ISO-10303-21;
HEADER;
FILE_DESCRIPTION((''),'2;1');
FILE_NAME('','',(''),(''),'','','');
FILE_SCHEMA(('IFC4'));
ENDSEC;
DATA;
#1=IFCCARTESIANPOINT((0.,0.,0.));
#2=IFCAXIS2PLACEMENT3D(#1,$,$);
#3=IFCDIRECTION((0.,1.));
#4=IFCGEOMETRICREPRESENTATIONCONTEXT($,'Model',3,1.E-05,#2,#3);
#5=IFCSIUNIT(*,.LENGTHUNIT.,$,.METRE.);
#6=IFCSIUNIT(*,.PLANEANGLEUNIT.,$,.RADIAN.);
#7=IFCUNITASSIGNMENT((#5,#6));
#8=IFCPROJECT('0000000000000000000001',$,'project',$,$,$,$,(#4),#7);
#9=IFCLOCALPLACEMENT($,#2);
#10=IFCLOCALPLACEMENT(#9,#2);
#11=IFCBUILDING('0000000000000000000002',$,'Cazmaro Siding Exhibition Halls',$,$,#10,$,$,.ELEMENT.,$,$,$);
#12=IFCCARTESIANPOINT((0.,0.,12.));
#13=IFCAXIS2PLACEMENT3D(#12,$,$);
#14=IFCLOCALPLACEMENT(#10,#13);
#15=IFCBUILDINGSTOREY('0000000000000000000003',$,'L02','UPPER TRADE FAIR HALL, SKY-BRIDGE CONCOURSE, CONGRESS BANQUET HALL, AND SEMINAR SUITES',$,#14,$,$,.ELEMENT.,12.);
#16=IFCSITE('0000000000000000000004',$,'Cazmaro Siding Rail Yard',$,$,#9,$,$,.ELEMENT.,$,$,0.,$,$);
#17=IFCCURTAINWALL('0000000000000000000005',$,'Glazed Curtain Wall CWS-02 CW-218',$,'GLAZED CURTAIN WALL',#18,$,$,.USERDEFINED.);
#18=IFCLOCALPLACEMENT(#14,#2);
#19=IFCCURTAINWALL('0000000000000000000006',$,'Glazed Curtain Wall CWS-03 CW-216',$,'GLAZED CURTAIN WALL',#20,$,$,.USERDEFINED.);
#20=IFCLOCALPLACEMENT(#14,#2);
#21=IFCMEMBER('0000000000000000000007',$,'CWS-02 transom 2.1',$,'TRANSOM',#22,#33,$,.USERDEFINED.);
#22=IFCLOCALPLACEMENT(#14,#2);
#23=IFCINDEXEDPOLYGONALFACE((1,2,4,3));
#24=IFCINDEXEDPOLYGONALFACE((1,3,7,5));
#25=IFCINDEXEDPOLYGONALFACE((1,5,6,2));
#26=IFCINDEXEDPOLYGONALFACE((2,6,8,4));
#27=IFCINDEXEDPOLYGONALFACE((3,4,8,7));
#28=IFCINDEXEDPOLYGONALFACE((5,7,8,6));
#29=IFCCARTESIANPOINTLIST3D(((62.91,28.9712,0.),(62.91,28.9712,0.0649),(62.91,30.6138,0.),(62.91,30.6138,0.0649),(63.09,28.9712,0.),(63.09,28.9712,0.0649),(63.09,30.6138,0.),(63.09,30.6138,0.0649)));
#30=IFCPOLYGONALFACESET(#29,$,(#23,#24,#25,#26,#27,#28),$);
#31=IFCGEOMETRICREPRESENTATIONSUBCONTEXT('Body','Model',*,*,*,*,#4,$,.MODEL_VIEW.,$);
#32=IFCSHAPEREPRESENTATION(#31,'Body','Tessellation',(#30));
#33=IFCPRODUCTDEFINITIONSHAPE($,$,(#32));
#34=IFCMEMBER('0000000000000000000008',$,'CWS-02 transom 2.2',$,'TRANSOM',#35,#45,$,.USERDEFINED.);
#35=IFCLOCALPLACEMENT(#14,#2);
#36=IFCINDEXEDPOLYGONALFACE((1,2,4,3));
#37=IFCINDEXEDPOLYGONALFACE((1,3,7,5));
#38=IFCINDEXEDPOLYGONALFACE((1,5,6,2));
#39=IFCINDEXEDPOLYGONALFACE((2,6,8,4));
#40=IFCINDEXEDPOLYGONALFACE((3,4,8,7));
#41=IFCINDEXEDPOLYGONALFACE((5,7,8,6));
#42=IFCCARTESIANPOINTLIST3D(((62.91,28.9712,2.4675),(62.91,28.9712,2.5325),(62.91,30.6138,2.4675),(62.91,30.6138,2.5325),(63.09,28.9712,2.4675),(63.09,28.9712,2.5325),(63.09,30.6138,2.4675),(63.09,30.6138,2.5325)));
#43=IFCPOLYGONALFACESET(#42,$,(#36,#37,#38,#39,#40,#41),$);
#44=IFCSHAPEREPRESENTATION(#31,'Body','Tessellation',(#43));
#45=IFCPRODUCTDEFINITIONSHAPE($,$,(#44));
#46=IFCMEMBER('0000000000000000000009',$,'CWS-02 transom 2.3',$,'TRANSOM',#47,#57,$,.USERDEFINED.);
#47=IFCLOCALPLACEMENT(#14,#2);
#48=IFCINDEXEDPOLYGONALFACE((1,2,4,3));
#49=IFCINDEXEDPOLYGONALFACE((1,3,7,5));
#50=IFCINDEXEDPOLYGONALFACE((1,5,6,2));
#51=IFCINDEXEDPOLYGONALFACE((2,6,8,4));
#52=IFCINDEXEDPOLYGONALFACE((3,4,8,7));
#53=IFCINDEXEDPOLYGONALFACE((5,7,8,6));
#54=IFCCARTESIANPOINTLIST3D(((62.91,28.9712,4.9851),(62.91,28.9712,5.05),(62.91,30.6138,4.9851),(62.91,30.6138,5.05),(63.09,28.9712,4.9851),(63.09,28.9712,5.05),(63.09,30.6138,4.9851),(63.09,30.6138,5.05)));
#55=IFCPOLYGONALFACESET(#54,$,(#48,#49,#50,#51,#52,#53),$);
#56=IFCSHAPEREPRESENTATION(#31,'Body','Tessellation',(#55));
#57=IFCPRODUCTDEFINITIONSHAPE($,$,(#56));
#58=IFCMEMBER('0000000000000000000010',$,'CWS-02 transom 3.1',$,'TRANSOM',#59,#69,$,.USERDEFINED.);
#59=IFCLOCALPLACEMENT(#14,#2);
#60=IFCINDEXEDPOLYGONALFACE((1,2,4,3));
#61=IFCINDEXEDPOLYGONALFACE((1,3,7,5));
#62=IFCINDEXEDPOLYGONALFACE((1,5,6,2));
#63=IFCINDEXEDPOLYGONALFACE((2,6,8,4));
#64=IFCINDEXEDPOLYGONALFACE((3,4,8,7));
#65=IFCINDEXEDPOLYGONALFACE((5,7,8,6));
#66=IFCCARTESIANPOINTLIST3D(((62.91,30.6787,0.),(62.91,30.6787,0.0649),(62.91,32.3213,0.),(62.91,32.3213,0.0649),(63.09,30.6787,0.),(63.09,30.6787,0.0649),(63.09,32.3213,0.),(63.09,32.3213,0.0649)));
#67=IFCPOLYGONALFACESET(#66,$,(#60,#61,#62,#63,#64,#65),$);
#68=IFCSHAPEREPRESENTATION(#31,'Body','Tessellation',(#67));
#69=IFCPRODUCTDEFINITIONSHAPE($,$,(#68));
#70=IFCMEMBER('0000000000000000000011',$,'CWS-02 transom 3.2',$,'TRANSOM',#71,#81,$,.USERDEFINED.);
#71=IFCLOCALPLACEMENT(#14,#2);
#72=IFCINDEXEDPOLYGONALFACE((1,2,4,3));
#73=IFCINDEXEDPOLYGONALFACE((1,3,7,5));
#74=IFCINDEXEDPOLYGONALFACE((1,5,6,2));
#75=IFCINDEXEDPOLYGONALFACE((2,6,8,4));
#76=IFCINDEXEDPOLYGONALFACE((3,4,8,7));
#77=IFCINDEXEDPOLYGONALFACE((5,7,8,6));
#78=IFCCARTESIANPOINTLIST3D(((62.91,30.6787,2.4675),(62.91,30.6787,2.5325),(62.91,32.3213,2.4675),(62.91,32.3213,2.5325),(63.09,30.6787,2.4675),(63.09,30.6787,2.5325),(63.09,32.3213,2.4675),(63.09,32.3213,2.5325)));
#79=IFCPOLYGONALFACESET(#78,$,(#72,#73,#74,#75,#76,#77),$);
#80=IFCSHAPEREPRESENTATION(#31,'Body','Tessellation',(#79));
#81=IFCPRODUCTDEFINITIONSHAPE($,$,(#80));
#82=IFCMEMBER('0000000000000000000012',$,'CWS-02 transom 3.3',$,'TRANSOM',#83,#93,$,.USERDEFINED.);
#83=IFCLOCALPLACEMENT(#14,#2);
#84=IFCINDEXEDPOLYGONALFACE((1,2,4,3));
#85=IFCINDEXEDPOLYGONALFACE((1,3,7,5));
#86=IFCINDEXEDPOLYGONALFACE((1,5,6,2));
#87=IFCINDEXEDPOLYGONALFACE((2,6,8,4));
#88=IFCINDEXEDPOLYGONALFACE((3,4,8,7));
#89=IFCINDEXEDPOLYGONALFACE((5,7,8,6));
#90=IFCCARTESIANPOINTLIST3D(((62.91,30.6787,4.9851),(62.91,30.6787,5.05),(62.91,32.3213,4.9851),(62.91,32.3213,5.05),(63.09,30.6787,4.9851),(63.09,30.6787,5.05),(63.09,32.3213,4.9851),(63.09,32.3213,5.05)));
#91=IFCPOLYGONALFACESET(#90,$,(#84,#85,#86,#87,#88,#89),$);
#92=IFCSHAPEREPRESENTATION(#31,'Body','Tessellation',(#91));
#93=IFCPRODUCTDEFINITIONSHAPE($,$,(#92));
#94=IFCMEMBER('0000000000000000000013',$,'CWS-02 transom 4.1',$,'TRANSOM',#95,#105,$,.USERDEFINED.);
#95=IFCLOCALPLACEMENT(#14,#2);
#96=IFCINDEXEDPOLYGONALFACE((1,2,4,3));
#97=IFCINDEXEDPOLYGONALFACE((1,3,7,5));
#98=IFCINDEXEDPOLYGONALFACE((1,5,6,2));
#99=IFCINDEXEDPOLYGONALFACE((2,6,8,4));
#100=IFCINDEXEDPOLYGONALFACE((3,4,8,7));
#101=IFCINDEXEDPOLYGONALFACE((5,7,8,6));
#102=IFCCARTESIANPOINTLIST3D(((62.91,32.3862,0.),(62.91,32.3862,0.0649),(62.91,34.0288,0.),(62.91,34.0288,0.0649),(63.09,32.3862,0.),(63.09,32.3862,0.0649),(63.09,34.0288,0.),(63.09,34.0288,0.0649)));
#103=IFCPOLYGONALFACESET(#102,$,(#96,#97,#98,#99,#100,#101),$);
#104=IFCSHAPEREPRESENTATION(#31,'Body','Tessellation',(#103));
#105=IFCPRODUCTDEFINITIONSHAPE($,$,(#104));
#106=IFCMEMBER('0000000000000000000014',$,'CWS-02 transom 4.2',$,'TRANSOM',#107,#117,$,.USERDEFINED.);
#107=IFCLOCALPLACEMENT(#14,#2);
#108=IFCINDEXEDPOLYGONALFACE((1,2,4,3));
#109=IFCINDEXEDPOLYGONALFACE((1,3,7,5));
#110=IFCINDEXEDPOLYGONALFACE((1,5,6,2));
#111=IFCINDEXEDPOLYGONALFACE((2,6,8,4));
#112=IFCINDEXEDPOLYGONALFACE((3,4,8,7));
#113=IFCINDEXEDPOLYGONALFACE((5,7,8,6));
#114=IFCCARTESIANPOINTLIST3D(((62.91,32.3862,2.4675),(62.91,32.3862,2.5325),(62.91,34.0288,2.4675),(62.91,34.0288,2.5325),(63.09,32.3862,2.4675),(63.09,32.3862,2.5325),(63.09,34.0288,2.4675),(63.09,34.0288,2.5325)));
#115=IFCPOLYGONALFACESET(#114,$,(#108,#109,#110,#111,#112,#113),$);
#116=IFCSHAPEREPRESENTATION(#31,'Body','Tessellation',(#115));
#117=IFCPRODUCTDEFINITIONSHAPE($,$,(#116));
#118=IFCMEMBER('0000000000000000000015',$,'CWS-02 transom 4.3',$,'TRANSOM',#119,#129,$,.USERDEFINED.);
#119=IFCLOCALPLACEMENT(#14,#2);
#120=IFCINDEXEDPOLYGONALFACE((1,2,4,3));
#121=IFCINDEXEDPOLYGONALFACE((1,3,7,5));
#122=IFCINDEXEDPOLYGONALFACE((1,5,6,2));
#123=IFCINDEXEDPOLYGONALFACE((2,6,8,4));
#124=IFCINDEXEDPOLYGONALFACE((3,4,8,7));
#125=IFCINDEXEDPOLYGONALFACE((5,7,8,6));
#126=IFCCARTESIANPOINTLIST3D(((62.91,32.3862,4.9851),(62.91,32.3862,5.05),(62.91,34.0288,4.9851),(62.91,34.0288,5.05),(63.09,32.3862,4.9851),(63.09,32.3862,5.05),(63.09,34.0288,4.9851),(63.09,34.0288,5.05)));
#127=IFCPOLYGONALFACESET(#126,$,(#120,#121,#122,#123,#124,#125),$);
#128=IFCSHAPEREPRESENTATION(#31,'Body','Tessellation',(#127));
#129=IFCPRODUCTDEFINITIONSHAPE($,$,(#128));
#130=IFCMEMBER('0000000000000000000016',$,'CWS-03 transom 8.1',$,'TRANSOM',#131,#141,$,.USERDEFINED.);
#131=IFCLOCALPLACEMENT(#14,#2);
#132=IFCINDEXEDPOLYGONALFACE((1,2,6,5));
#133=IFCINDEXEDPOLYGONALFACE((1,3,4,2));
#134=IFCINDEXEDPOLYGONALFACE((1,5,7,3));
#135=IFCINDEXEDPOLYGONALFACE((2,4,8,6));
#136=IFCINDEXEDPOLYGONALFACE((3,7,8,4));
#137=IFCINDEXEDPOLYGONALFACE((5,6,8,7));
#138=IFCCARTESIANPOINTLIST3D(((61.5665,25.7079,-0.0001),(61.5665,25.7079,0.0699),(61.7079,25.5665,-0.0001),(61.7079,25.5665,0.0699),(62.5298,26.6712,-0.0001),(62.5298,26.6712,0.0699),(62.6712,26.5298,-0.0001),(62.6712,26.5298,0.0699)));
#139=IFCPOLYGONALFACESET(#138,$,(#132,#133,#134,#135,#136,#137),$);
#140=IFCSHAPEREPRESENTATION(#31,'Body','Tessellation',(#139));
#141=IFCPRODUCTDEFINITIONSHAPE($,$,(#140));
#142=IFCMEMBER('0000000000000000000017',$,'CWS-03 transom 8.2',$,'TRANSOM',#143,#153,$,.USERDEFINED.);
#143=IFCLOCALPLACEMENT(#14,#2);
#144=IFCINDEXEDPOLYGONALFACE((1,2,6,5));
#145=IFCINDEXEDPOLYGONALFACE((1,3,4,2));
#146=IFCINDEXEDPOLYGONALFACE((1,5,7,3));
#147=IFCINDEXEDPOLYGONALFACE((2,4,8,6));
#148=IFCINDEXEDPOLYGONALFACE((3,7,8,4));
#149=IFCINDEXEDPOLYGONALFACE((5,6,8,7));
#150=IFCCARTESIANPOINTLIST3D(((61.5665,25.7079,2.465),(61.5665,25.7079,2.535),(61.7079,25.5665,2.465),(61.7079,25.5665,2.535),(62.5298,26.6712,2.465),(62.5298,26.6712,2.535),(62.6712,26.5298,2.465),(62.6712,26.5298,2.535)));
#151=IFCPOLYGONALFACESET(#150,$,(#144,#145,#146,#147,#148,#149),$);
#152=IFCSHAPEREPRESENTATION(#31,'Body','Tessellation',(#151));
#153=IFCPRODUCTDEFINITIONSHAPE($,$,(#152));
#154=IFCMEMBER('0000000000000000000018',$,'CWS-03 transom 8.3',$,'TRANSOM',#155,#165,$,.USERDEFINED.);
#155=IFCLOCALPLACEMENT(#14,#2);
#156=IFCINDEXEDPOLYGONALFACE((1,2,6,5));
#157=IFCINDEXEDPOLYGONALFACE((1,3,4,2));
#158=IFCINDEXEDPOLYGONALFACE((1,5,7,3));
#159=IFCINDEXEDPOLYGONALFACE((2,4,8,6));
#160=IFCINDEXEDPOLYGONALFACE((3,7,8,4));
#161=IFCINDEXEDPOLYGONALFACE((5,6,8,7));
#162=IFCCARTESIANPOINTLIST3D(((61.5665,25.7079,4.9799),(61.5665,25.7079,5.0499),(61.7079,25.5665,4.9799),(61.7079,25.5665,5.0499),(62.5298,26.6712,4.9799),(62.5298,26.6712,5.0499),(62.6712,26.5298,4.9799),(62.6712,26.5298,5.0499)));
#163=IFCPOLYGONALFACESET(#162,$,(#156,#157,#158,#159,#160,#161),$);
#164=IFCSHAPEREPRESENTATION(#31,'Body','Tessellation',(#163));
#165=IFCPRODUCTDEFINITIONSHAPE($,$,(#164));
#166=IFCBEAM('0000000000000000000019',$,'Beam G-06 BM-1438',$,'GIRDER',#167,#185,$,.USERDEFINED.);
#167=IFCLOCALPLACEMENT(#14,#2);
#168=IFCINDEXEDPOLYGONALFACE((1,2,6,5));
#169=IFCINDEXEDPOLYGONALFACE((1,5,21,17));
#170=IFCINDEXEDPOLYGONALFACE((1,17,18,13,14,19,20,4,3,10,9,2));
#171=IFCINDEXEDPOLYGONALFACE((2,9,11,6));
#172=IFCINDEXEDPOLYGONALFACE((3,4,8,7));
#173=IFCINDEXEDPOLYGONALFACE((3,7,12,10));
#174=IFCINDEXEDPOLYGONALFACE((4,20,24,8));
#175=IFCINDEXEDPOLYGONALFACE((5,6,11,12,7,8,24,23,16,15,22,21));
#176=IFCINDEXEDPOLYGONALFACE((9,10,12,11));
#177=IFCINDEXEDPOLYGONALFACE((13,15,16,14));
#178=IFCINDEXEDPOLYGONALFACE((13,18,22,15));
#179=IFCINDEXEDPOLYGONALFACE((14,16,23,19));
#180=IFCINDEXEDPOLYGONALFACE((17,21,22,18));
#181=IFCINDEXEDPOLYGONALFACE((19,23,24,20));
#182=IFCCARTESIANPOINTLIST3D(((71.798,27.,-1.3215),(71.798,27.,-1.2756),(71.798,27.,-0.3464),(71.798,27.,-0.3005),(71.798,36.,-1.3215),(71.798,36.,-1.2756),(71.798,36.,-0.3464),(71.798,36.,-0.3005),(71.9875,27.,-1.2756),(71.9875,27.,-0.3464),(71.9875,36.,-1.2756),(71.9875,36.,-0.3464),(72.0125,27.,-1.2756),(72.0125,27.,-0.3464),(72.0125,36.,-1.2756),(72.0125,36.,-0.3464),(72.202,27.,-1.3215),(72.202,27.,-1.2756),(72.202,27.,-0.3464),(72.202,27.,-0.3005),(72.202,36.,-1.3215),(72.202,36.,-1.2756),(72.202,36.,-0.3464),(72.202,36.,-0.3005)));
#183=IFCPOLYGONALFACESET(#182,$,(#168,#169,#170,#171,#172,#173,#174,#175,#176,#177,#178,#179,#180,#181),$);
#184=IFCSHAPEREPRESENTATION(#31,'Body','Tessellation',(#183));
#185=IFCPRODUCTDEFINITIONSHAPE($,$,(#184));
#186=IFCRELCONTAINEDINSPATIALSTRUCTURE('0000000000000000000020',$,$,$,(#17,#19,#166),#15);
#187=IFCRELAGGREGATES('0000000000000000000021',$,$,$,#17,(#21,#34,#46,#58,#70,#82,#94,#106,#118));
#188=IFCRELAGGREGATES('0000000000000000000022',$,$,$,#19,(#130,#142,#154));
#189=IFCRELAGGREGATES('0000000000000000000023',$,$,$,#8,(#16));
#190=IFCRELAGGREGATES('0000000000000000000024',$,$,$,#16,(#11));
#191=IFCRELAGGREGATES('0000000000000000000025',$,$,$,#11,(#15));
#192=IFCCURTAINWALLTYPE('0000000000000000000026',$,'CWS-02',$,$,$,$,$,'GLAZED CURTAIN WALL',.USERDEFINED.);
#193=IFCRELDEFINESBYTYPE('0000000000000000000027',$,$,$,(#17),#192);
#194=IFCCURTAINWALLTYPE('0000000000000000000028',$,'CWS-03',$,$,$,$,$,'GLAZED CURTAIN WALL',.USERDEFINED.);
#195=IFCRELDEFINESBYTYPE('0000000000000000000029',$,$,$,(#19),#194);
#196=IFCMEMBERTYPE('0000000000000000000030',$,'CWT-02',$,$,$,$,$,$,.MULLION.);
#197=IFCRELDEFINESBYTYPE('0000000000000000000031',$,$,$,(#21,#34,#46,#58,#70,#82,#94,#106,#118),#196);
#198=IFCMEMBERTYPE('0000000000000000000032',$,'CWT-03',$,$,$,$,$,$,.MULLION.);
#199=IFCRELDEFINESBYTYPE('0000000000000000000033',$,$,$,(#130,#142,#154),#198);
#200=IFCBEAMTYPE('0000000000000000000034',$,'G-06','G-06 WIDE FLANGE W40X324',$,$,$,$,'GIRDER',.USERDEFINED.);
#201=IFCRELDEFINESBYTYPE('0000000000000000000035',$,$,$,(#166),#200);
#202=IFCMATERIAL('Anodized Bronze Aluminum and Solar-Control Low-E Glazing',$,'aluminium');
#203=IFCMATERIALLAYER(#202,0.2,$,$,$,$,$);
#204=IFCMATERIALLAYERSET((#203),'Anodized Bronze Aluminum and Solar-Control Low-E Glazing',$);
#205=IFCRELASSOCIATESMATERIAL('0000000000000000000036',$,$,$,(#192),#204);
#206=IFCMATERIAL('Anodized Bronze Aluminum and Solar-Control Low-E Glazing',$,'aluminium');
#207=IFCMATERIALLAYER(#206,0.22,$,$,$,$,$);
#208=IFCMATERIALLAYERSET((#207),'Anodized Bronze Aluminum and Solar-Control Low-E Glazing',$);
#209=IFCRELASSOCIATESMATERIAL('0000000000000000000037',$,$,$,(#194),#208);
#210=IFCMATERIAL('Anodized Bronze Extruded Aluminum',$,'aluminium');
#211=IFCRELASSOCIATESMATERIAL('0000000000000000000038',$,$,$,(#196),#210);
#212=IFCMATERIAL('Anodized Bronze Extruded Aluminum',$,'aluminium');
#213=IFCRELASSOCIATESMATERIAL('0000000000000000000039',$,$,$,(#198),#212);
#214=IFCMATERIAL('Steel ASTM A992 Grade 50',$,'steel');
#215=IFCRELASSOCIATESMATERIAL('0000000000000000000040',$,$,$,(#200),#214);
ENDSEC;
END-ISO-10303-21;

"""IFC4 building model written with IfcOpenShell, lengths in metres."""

from ifc_helpers import new_model, si_unit, direction, frame, origin, origin_2d, place, context, subcontext, project, spatial, rectangle, i_section, extrude, material, layer, layer_set, material_profile, profile_set, type_object, element, aggregate, save


model = new_model("IFC4")

# Units and contexts
model_context = context("Model", 3, precision=1e-05, world=origin(), true_north=direction((0.0, 1.0)))
body_context = subcontext(model_context, "Body", "Model", "MODEL_VIEW")
ifc_project = project(units=[si_unit("LENGTHUNIT", "METRE"), si_unit("PLANEANGLEUNIT", "RADIAN")], contexts=[model_context])

# Site, building, storey
site_placement = place(None, origin())
site = spatial("IfcSite", under=ifc_project, at=site_placement, Name="Cazmaro Siding Rail Yard", CompositionType="ELEMENT", RefElevation=0.0)
building_placement = place(site_placement, origin())
building = spatial("IfcBuilding", under=site, at=building_placement, Name="Cazmaro Siding Exhibition Halls", CompositionType="ELEMENT")
storey_placement = place(building_placement, frame((0.0, 0.0, 12.0)))
storey = spatial("IfcBuildingStorey", under=building, at=storey_placement, Name="L02", Description="UPPER TRADE FAIR HALL, SKY-BRIDGE CONCOURSE, CONGRESS BANQUET HALL, AND SEMINAR SUITES", CompositionType="ELEMENT", Elevation=12.0)

# Curtain walls
ifc_material_1 = material(Name="Anodized Bronze Aluminum and Solar-Control Low-E Glazing", Category="aluminium")
ifc_layer_1 = layer(ifc_material_1, 0.2)
ifc_layer_set_1 = layer_set([ifc_layer_1], Name="Anodized Bronze Aluminum and Solar-Control Low-E Glazing")
curtain_wall_type_1 = type_object("IfcCurtainWallType", Name="CWS-02", ElementType="GLAZED CURTAIN WALL", PredefinedType="USERDEFINED", material=ifc_layer_set_1)
curtain_wall_1_placement = place(storey_placement, origin())
curtain_wall_1 = element("IfcCurtainWall", 1, at=curtain_wall_1_placement, inside=storey, type_object=curtain_wall_type_1, Name="Glazed Curtain Wall CWS-02 CW-218", ObjectType="GLAZED CURTAIN WALL", PredefinedType="USERDEFINED")
ifc_material_2 = material(Name="Anodized Bronze Aluminum and Solar-Control Low-E Glazing", Category="aluminium")
ifc_layer_2 = layer(ifc_material_2, 0.22)
ifc_layer_set_2 = layer_set([ifc_layer_2], Name="Anodized Bronze Aluminum and Solar-Control Low-E Glazing")
curtain_wall_type_2 = type_object("IfcCurtainWallType", Name="CWS-03", ElementType="GLAZED CURTAIN WALL", PredefinedType="USERDEFINED", material=ifc_layer_set_2)
curtain_wall_2_placement = place(storey_placement, origin())
curtain_wall_2 = element("IfcCurtainWall", 2, at=curtain_wall_2_placement, inside=storey, type_object=curtain_wall_type_2, Name="Glazed Curtain Wall CWS-03 CW-216", ObjectType="GLAZED CURTAIN WALL", PredefinedType="USERDEFINED")

# Members
ifc_material_3 = material(Name="Anodized Bronze Extruded Aluminum", Category="aluminium")
ifc_material_profile_1 = material_profile(ifc_material_3, rectangle(XDim=0.1799, YDim=0.0649, at=origin_2d()), Name="CWT-02")
ifc_profile_set_1 = profile_set([ifc_material_profile_1], Name="Anodized Bronze Extruded Aluminum")
member_type_1 = type_object("IfcMemberType", Name="CWT-02", PredefinedType="MULLION", material=ifc_profile_set_1)
member_1_placement = place(storey_placement, frame((63.0, 28.9712, 0.0325), z_axis=(0.0, 1.0, 0.0), x_axis=(-1.0, 0.0, 0.0)))
member_1 = element("IfcMember", 3, at=member_1_placement, type_object=member_type_1, Name="CWS-02 transom 2.1", ObjectType="TRANSOM", PredefinedType="USERDEFINED", context=body_context, shape_type="SweptSolid", body=[
    extrude(rectangle(XDim=0.1799, YDim=0.0649, at=origin_2d()), origin(), (0.0, 0.0, 1.0), 1.6426),
])
member_2_placement = place(storey_placement, frame((63.0, 28.9712, 2.5), z_axis=(0.0, 1.0, 0.0), x_axis=(-1.0, 0.0, 0.0)))
member_2 = element("IfcMember", 4, at=member_2_placement, type_object=member_type_1, Name="CWS-02 transom 2.2", ObjectType="TRANSOM", PredefinedType="USERDEFINED", context=body_context, shape_type="SweptSolid", body=[
    extrude(rectangle(XDim=0.1799, YDim=0.0649, at=origin_2d()), origin(), (0.0, 0.0, 1.0), 1.6426),
])
member_3_placement = place(storey_placement, frame((63.0, 28.9712, 5.0176), z_axis=(0.0, 1.0, 0.0), x_axis=(-1.0, 0.0, 0.0)))
member_3 = element("IfcMember", 5, at=member_3_placement, type_object=member_type_1, Name="CWS-02 transom 2.3", ObjectType="TRANSOM", PredefinedType="USERDEFINED", context=body_context, shape_type="SweptSolid", body=[
    extrude(rectangle(XDim=0.1799, YDim=0.0649, at=origin_2d()), origin(), (0.0, 0.0, 1.0), 1.6426),
])
member_4_placement = place(storey_placement, frame((63.0, 30.6787, 0.0325), z_axis=(0.0, 1.0, 0.0), x_axis=(-1.0, 0.0, 0.0)))
member_4 = element("IfcMember", 6, at=member_4_placement, type_object=member_type_1, Name="CWS-02 transom 3.1", ObjectType="TRANSOM", PredefinedType="USERDEFINED", context=body_context, shape_type="SweptSolid", body=[
    extrude(rectangle(XDim=0.1799, YDim=0.0649, at=origin_2d()), origin(), (0.0, 0.0, 1.0), 1.6426),
])
member_5_placement = place(storey_placement, frame((63.0, 30.6787, 2.5), z_axis=(0.0, 1.0, 0.0), x_axis=(-1.0, 0.0, 0.0)))
member_5 = element("IfcMember", 7, at=member_5_placement, type_object=member_type_1, Name="CWS-02 transom 3.2", ObjectType="TRANSOM", PredefinedType="USERDEFINED", context=body_context, shape_type="SweptSolid", body=[
    extrude(rectangle(XDim=0.1799, YDim=0.0649, at=origin_2d()), origin(), (0.0, 0.0, 1.0), 1.6426),
])
member_6_placement = place(storey_placement, frame((63.0, 30.6787, 5.0176), z_axis=(0.0, 1.0, 0.0), x_axis=(-1.0, 0.0, 0.0)))
member_6 = element("IfcMember", 8, at=member_6_placement, type_object=member_type_1, Name="CWS-02 transom 3.3", ObjectType="TRANSOM", PredefinedType="USERDEFINED", context=body_context, shape_type="SweptSolid", body=[
    extrude(rectangle(XDim=0.1799, YDim=0.0649, at=origin_2d()), origin(), (0.0, 0.0, 1.0), 1.6426),
])
member_7_placement = place(storey_placement, frame((63.0, 32.3862, 0.0325), z_axis=(0.0, 1.0, 0.0), x_axis=(-1.0, 0.0, 0.0)))
member_7 = element("IfcMember", 9, at=member_7_placement, type_object=member_type_1, Name="CWS-02 transom 4.1", ObjectType="TRANSOM", PredefinedType="USERDEFINED", context=body_context, shape_type="SweptSolid", body=[
    extrude(rectangle(XDim=0.1799, YDim=0.0649, at=origin_2d()), origin(), (0.0, 0.0, 1.0), 1.6426),
])
member_8_placement = place(storey_placement, frame((63.0, 32.3862, 2.5), z_axis=(0.0, 1.0, 0.0), x_axis=(-1.0, 0.0, 0.0)))
member_8 = element("IfcMember", 10, at=member_8_placement, type_object=member_type_1, Name="CWS-02 transom 4.2", ObjectType="TRANSOM", PredefinedType="USERDEFINED", context=body_context, shape_type="SweptSolid", body=[
    extrude(rectangle(XDim=0.1799, YDim=0.0649, at=origin_2d()), origin(), (0.0, 0.0, 1.0), 1.6426),
])
member_9_placement = place(storey_placement, frame((63.0, 32.3862, 5.0176), z_axis=(0.0, 1.0, 0.0), x_axis=(-1.0, 0.0, 0.0)))
member_9 = element("IfcMember", 11, at=member_9_placement, type_object=member_type_1, Name="CWS-02 transom 4.3", ObjectType="TRANSOM", PredefinedType="USERDEFINED", context=body_context, shape_type="SweptSolid", body=[
    extrude(rectangle(XDim=0.1799, YDim=0.0649, at=origin_2d()), origin(), (0.0, 0.0, 1.0), 1.6426),
])
ifc_material_4 = material(Name="Anodized Bronze Extruded Aluminum", Category="aluminium")
ifc_material_profile_2 = material_profile(ifc_material_4, rectangle(XDim=0.2, YDim=0.0701, at=origin_2d()), Name="CWT-03")
ifc_profile_set_2 = profile_set([ifc_material_profile_2], Name="Anodized Bronze Extruded Aluminum")
member_type_2 = type_object("IfcMemberType", Name="CWT-03", PredefinedType="MULLION", material=ifc_profile_set_2)
member_10_placement = place(storey_placement, frame((61.6372, 25.6372, 0.0349), z_axis=(0.707107, 0.707107, 0.0), x_axis=(-0.707107, 0.707107, 0.0)))
member_10 = element("IfcMember", 12, at=member_10_placement, type_object=member_type_2, Name="CWS-03 transom 8.1", ObjectType="TRANSOM", PredefinedType="USERDEFINED", context=body_context, shape_type="SweptSolid", body=[
    extrude(rectangle(XDim=0.2, YDim=0.0701, at=origin_2d()), origin(), (0.0, 0.0, 1.0), 1.3623),
])
member_11_placement = place(storey_placement, frame((61.6372, 25.6372, 2.5), z_axis=(0.707107, 0.707107, 0.0), x_axis=(-0.707107, 0.707107, 0.0)))
member_11 = element("IfcMember", 13, at=member_11_placement, type_object=member_type_2, Name="CWS-03 transom 8.2", ObjectType="TRANSOM", PredefinedType="USERDEFINED", context=body_context, shape_type="SweptSolid", body=[
    extrude(rectangle(XDim=0.2, YDim=0.0701, at=origin_2d()), origin(), (0.0, 0.0, 1.0), 1.3623),
])
member_12_placement = place(storey_placement, frame((61.6372, 25.6372, 5.0149), z_axis=(0.707107, 0.707107, 0.0), x_axis=(-0.707107, 0.707107, 0.0)))
member_12 = element("IfcMember", 14, at=member_12_placement, type_object=member_type_2, Name="CWS-03 transom 8.3", ObjectType="TRANSOM", PredefinedType="USERDEFINED", context=body_context, shape_type="SweptSolid", body=[
    extrude(rectangle(XDim=0.2, YDim=0.0701, at=origin_2d()), origin(), (0.0, 0.0, 1.0), 1.3623),
])

# Beam
ifc_material_5 = material(Name="Steel ASTM A992 Grade 50", Category="steel")
ifc_material_profile_3 = material_profile(ifc_material_5, i_section(OverallWidth=0.4041, OverallDepth=1.021, WebThickness=0.0249, FlangeThickness=0.0459, at=origin_2d()), Name="W40X324")
ifc_profile_set_3 = profile_set([ifc_material_profile_3], Name="Steel ASTM A992 Grade 50")
beam_type_1 = type_object("IfcBeamType", Name="G-06", Description="G-06 WIDE FLANGE W40X324", ElementType="GIRDER", PredefinedType="USERDEFINED", material=ifc_profile_set_3)
beam_1_placement = place(storey_placement, frame((72.0, 27.0, -0.811), z_axis=(0.0, 1.0, 0.0), x_axis=(-1.0, 0.0, 0.0)))
element("IfcBeam", 15, at=beam_1_placement, inside=storey, type_object=beam_type_1, Name="Beam G-06 BM-1438", ObjectType="GIRDER", PredefinedType="USERDEFINED", context=body_context, shape_type="SweptSolid", body=[
    extrude(i_section(OverallWidth=0.4041, OverallDepth=1.021, WebThickness=0.0249, FlangeThickness=0.0459, at=origin_2d()), origin(), (0.0, 0.0, 1.0), 9.0),
])

aggregate(curtain_wall_1, [member_1, member_2, member_3, member_4, member_5, member_6, member_7, member_8, member_9])
aggregate(curtain_wall_2, [member_10, member_11, member_12])

save(model, "model.ifc")
